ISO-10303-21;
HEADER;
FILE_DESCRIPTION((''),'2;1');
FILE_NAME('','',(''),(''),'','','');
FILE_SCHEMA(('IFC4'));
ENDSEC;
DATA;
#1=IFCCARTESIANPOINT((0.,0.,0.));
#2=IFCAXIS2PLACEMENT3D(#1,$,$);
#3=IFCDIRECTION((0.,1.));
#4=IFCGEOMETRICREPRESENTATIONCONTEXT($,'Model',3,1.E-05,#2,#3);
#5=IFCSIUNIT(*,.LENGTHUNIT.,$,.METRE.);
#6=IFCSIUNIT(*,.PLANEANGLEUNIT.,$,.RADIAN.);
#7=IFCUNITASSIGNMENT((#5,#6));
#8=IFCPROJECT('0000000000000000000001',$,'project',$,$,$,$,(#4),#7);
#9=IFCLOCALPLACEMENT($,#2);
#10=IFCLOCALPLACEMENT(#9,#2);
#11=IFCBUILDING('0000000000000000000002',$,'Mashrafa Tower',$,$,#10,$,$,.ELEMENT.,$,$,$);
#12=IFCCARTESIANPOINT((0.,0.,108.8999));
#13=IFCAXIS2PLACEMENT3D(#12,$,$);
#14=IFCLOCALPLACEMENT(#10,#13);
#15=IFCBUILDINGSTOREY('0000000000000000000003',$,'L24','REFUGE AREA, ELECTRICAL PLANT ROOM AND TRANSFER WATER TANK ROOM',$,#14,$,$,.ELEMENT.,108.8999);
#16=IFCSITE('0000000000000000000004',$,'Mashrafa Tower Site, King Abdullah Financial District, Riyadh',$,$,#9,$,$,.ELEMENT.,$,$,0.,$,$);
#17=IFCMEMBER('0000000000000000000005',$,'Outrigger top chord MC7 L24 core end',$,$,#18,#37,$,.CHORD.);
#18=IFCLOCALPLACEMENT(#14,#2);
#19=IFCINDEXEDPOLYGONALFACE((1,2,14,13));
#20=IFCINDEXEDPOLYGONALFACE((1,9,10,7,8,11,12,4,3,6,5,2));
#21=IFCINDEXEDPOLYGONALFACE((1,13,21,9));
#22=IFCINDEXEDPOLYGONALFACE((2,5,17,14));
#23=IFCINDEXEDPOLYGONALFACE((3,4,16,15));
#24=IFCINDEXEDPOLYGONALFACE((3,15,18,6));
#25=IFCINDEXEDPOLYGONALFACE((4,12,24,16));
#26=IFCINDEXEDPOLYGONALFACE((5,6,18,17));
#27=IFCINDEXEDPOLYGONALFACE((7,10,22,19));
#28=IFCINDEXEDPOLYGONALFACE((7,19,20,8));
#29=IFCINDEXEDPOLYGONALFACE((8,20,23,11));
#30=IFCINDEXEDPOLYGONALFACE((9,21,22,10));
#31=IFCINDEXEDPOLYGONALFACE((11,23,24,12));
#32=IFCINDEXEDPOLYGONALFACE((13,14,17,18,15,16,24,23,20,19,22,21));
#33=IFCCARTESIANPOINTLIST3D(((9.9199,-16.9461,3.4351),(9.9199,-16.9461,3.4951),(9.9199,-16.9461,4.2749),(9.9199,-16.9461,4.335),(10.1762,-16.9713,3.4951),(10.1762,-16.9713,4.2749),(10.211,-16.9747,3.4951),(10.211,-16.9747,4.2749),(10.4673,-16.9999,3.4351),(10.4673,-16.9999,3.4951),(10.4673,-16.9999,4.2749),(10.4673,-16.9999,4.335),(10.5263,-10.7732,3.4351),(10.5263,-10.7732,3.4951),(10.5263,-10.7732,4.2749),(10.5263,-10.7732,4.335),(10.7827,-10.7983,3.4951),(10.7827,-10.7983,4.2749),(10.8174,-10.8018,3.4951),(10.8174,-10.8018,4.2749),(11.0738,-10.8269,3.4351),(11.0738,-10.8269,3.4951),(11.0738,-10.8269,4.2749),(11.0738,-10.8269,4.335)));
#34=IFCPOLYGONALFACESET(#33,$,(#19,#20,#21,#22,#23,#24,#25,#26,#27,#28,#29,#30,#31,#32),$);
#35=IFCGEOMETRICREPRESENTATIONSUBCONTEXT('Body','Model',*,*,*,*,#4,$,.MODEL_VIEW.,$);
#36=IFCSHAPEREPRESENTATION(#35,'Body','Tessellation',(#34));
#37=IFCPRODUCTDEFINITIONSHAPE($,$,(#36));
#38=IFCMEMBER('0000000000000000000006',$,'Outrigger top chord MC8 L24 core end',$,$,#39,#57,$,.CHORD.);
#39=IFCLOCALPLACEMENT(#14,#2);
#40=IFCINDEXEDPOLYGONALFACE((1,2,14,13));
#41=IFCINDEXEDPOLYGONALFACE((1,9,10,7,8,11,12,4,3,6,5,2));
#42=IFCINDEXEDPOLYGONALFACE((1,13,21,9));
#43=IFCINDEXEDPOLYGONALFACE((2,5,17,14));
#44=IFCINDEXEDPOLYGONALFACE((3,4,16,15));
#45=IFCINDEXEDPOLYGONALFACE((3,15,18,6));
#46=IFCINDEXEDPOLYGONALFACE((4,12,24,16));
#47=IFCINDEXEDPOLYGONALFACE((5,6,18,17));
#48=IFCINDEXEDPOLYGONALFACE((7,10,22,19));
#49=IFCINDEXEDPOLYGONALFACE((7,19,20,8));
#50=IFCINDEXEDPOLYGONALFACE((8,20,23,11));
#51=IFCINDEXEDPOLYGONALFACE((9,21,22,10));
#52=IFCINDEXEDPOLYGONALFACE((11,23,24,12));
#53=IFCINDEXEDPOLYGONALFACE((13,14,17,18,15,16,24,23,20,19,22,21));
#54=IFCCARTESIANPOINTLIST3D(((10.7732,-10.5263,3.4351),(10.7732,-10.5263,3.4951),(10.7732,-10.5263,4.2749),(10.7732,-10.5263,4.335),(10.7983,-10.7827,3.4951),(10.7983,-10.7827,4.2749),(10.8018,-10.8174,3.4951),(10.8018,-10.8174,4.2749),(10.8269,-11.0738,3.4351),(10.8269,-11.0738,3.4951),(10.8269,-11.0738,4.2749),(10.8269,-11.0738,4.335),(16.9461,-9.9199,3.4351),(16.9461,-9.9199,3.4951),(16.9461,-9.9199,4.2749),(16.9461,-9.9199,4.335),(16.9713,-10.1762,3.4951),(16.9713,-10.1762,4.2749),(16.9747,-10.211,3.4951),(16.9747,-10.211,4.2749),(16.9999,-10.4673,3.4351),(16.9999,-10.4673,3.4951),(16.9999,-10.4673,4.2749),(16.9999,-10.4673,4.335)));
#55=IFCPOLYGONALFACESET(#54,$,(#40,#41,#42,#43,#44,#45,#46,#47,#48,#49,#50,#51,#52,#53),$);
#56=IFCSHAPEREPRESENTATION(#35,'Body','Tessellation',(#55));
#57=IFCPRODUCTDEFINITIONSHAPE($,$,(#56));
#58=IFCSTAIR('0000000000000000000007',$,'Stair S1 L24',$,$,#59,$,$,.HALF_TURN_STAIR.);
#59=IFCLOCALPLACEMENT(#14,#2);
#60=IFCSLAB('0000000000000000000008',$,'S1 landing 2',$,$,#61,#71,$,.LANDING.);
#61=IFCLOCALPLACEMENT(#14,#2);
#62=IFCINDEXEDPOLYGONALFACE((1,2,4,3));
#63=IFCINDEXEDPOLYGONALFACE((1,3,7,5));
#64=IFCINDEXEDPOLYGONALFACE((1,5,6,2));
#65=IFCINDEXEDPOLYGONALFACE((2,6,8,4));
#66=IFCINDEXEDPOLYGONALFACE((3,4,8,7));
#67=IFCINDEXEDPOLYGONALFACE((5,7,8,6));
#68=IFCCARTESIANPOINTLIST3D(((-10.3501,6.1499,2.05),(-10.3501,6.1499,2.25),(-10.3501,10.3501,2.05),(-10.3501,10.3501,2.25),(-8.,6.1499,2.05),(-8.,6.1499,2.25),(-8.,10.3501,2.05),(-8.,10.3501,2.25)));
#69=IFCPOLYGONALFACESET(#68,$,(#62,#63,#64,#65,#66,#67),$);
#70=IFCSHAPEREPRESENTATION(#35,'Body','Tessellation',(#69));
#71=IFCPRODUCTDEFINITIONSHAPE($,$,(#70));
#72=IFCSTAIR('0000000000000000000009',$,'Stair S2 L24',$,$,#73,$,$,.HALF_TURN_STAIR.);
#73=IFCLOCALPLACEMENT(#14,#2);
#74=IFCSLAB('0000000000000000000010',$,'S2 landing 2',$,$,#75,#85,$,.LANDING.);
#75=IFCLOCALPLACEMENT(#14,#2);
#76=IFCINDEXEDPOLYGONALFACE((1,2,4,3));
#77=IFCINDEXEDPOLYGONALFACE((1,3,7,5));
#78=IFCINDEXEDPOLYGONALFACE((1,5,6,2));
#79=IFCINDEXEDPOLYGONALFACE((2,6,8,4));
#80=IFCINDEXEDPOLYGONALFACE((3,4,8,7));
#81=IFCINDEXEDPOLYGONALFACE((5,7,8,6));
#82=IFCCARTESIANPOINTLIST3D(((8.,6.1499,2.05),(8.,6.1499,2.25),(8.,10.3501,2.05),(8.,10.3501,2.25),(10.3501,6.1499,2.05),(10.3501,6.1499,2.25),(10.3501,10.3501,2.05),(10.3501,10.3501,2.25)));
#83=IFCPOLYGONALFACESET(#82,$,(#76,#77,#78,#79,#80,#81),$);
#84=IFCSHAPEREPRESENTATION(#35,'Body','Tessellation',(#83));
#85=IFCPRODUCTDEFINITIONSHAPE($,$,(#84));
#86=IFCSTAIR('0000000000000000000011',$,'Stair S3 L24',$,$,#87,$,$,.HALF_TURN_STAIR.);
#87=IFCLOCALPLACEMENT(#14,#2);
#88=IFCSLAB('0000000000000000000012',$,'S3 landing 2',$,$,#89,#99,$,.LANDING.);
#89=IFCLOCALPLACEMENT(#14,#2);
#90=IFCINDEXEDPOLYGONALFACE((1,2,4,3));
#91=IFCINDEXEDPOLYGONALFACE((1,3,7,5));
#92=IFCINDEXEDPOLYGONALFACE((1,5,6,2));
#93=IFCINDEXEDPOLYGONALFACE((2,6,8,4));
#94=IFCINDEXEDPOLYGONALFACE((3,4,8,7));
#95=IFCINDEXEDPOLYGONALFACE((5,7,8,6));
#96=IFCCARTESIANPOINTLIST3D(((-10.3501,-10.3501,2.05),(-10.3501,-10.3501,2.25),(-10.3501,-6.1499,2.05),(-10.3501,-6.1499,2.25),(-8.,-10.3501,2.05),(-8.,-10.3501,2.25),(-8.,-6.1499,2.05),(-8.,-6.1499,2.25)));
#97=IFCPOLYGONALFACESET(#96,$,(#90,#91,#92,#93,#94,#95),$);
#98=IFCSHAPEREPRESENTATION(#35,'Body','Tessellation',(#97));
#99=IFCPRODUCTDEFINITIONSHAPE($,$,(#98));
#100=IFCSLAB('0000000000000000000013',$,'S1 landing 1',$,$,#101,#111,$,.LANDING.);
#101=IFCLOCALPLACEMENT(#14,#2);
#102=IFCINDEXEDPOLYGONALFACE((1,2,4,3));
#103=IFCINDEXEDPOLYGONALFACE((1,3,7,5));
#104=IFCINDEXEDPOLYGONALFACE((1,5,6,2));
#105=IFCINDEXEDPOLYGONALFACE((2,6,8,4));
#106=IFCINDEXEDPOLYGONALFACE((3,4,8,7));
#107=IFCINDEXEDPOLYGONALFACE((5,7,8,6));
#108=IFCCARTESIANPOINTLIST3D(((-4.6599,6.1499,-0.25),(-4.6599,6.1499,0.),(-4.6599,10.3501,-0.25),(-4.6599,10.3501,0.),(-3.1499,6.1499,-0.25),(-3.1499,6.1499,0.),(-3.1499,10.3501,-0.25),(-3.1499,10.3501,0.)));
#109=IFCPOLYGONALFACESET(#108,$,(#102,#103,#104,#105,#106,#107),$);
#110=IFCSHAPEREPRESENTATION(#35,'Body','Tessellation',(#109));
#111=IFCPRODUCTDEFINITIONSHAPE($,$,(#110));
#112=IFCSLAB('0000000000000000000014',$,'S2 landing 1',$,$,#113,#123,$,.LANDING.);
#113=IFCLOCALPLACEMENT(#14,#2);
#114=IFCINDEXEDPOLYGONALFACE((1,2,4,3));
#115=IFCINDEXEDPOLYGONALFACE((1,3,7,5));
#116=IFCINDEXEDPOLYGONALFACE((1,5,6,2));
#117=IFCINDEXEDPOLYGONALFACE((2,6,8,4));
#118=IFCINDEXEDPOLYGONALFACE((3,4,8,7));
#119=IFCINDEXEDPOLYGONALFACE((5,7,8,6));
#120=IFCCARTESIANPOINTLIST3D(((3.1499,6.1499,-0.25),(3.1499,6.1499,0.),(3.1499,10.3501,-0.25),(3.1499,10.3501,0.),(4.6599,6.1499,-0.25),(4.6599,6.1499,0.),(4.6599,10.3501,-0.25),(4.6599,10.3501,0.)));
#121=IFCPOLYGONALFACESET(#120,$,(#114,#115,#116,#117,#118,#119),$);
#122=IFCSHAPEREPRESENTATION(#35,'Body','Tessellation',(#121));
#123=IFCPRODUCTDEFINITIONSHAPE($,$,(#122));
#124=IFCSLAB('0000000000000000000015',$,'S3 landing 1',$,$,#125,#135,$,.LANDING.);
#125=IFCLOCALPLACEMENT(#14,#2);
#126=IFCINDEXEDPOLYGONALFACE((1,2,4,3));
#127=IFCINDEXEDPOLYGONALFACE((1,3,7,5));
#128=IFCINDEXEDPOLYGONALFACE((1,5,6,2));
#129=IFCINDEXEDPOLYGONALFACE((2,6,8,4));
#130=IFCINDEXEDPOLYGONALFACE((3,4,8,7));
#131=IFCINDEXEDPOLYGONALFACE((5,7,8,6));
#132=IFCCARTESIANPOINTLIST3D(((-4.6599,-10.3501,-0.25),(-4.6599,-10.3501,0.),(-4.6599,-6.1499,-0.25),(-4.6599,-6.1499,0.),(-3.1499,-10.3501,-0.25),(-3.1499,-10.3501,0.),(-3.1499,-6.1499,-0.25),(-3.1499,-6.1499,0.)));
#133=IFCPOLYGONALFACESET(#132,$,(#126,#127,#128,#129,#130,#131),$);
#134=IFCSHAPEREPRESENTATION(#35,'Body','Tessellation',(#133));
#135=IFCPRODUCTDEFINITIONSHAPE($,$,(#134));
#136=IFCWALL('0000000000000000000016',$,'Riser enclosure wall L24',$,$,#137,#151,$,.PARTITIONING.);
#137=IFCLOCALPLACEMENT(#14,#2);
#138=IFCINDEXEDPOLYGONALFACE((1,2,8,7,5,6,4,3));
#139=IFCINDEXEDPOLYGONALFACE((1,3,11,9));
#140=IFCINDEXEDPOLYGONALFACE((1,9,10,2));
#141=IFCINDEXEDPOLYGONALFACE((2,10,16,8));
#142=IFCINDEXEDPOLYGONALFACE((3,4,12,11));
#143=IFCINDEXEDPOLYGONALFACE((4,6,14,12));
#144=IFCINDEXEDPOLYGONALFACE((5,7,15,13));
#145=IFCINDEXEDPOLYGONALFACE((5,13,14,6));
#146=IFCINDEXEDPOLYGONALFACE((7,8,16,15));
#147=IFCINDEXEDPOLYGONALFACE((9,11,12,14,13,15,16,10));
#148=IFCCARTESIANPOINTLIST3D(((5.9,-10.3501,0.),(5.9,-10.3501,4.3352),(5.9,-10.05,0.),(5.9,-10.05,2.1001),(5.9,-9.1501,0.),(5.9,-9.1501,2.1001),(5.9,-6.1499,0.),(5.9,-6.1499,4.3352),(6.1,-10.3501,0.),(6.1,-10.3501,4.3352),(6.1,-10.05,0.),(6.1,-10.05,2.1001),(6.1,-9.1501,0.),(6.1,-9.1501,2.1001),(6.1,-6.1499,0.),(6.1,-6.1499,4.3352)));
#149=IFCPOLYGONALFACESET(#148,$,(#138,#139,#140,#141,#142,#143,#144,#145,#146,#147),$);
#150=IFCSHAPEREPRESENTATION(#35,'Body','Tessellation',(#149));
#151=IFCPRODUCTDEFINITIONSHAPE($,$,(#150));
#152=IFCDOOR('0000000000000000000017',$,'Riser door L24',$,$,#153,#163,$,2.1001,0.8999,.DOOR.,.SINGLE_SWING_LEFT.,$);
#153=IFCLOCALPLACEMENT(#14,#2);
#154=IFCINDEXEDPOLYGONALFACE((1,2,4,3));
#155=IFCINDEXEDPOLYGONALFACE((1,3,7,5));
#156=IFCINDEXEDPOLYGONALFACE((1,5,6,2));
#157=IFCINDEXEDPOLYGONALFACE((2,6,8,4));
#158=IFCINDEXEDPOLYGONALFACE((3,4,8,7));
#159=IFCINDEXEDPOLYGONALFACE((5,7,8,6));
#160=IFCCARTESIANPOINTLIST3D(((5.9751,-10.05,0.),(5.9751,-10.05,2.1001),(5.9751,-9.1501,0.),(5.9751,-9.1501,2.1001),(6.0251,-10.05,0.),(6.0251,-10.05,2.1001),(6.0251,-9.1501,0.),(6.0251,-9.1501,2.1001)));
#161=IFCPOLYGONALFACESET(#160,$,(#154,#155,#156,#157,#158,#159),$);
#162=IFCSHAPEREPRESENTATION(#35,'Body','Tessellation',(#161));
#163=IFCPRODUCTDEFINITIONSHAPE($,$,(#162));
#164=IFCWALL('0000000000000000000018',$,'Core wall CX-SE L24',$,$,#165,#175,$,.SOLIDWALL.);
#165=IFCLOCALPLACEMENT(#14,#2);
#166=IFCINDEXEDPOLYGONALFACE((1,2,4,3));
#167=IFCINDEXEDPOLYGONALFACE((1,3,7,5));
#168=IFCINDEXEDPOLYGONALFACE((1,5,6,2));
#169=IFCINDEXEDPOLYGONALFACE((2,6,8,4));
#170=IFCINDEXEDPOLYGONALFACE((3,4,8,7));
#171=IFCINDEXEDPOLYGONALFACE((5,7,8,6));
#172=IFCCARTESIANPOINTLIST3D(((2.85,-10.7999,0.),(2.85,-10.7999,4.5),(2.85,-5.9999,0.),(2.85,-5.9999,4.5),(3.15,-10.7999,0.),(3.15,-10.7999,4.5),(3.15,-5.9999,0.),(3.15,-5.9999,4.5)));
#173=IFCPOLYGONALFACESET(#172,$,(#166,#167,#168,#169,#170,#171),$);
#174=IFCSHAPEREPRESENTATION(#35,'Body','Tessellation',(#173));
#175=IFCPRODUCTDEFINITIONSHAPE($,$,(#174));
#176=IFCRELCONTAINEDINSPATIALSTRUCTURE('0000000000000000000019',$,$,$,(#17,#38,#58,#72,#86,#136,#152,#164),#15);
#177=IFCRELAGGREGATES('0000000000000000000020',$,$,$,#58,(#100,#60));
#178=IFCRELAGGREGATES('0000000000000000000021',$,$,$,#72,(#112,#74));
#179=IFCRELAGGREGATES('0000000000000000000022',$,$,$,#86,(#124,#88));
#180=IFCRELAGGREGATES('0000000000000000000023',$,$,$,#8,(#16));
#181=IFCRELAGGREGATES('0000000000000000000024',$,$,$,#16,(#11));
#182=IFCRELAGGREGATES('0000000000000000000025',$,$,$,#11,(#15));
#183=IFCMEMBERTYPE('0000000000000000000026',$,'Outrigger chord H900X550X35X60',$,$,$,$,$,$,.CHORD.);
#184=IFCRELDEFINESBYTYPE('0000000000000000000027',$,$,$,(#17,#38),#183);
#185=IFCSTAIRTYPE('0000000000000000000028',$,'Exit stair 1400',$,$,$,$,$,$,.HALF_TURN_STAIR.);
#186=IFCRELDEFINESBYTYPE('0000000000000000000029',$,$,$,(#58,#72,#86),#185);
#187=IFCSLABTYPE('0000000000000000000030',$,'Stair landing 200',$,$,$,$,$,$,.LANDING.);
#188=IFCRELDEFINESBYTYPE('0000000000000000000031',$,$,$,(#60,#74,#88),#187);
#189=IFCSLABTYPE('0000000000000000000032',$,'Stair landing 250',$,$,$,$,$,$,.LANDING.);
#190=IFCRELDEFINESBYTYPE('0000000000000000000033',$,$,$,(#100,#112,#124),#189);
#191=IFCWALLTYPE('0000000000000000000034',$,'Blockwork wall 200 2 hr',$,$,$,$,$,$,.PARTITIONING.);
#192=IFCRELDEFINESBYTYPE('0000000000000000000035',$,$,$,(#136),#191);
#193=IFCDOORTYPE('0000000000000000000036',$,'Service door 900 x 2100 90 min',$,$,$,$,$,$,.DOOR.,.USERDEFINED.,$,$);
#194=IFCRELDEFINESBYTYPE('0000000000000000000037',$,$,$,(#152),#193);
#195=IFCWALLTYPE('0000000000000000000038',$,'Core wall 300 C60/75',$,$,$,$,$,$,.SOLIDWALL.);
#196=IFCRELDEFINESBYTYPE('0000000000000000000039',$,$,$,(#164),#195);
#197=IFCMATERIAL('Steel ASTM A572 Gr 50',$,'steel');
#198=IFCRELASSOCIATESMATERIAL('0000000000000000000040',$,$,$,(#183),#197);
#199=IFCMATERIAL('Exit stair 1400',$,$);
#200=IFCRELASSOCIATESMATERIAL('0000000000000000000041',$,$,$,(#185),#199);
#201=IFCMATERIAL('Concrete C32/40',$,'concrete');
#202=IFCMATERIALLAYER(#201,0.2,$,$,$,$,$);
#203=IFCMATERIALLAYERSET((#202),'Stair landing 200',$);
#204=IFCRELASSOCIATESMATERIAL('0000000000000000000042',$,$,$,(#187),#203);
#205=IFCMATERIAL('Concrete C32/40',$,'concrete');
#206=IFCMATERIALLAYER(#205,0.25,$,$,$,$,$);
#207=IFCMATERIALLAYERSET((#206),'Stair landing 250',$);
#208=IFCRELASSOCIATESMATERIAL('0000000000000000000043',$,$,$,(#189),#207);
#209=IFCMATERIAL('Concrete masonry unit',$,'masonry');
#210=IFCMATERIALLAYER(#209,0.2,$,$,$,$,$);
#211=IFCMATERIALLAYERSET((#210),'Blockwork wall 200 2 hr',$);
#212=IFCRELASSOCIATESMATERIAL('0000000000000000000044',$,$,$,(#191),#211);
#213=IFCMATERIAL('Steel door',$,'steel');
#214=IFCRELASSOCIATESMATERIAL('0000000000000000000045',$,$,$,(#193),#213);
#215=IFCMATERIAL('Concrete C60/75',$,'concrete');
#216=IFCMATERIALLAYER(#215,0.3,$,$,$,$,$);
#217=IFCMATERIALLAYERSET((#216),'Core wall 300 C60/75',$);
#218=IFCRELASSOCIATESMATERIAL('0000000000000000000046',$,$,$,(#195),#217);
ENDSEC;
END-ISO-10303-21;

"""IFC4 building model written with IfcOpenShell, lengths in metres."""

from ifc_helpers import new_model, si_unit, direction, frame, frame_2d, origin, origin_2d, place, context, subcontext, project, spatial, polyline, rectangle, i_section, outline, extrude, source, transform, mapped, material, layer, layer_set, material_profile, profile_set, type_object, element, fill, aggregate, save


model = new_model("IFC4")

# Units and contexts
model_context = context("Model", 3, precision=1e-05, world=origin(), true_north=direction((0.0, 1.0)))
body_context = subcontext(model_context, "Body", "Model", "MODEL_VIEW")
ifc_project = project(units=[si_unit("LENGTHUNIT", "METRE"), si_unit("PLANEANGLEUNIT", "RADIAN")], contexts=[model_context])

# Site, building, storey
site_placement = place(None, origin())
site = spatial("IfcSite", under=ifc_project, at=site_placement, Name="Mashrafa Tower Site, King Abdullah Financial District, Riyadh", CompositionType="ELEMENT", RefElevation=0.0)
building_placement = place(site_placement, origin())
building = spatial("IfcBuilding", under=site, at=building_placement, Name="Mashrafa Tower", CompositionType="ELEMENT")
storey_placement = place(building_placement, frame((0.0, 0.0, 108.8999)))
storey = spatial("IfcBuildingStorey", under=building, at=storey_placement, Name="L24", Description="REFUGE AREA, ELECTRICAL PLANT ROOM AND TRANSFER WATER TANK ROOM", CompositionType="ELEMENT", Elevation=108.8999)

# Members
ifc_material_1 = material(Name="Steel ASTM A572 Gr 50", Category="steel")
ifc_material_profile_1 = material_profile(ifc_material_1, i_section(OverallWidth=0.55, OverallDepth=0.8999, WebThickness=0.0349, FlangeThickness=0.0601, at=origin_2d()), Name="H900X550X35X60")
ifc_profile_set_1 = profile_set([ifc_material_profile_1], Name="Steel ASTM A572 Gr 50")
member_type = type_object("IfcMemberType", Name="Outrigger chord H900X550X35X60", PredefinedType="CHORD", material=ifc_profile_set_1)
shared_shape_1 = source(origin(), body_context, "Body", "SweptSolid", [
    extrude(i_section(OverallWidth=0.55, OverallDepth=0.8999, WebThickness=0.0349, FlangeThickness=0.0601, at=origin_2d()), origin(), (0.0, 0.0, 1.0), 6.2026),
])
for number, where, z_axis, x_axis, name in (
    (1, (10.8, -10.8, 3.885), (-0.097773, -0.995209, 0.0), (0.995209, -0.097773, 0.0), "Outrigger top chord MC7 L24 core end"),
    (2, (10.8, -10.8, 3.885), (0.995209, 0.097773, 0.0), (-0.097773, 0.995209, 0.0), "Outrigger top chord MC8 L24 core end"),
):
    element("IfcMember", number, at=place(storey_placement, frame(where, z_axis=z_axis, x_axis=x_axis)), inside=storey, type_object=member_type, Name=name, PredefinedType="CHORD", context=body_context, shape_type="MappedRepresentation", body=[
        mapped(shared_shape_1, transform((0.0, 0.0, 0.0))),
    ])

# Stairs, slabs
ifc_material_2 = material(Name="Exit stair 1400")
stair_type = type_object("IfcStairType", Name="Exit stair 1400", PredefinedType="HALF_TURN_STAIR", material=ifc_material_2)
stair_1_placement = place(storey_placement, origin())
stair_1 = element("IfcStair", 3, at=stair_1_placement, inside=storey, type_object=stair_type, Name="Stair S1 L24", PredefinedType="HALF_TURN_STAIR")
ifc_material_3 = material(Name="Concrete C32/40", Category="concrete")
ifc_layer_1 = layer(ifc_material_3, 0.2)
ifc_layer_set_1 = layer_set([ifc_layer_1], Name="Stair landing 200")
slab_type_1 = type_object("IfcSlabType", Name="Stair landing 200", PredefinedType="LANDING", material=ifc_layer_set_1)
slab_1_placement = place(storey_placement, frame((0.0, 0.0, 2.05)))
slab_1 = element("IfcSlab", 4, at=slab_1_placement, type_object=slab_type_1, Name="S1 landing 2", PredefinedType="LANDING", context=body_context, shape_type="SweptSolid", body=[
    extrude(outline(polyline([(-10.3501, 6.1499), (-8.0, 6.1499), (-8.0, 10.3501), (-10.3501, 10.3501), (-10.3501, 6.1499)])), origin(), (0.0, 0.0, 1.0), 0.2),
])
stair_2_placement = place(storey_placement, origin())
stair_2 = element("IfcStair", 5, at=stair_2_placement, inside=storey, type_object=stair_type, Name="Stair S2 L24", PredefinedType="HALF_TURN_STAIR")
slab_2_placement = place(storey_placement, frame((0.0, 0.0, 2.05)))
slab_2 = element("IfcSlab", 6, at=slab_2_placement, type_object=slab_type_1, Name="S2 landing 2", PredefinedType="LANDING", context=body_context, shape_type="SweptSolid", body=[
    extrude(outline(polyline([(8.0, 6.1499), (10.3501, 6.1499), (10.3501, 10.3501), (8.0, 10.3501), (8.0, 6.1499)])), origin(), (0.0, 0.0, 1.0), 0.2),
])
stair_3_placement = place(storey_placement, origin())
stair_3 = element("IfcStair", 7, at=stair_3_placement, inside=storey, type_object=stair_type, Name="Stair S3 L24", PredefinedType="HALF_TURN_STAIR")
slab_3_placement = place(storey_placement, frame((0.0, 0.0, 2.05)))
slab_3 = element("IfcSlab", 8, at=slab_3_placement, type_object=slab_type_1, Name="S3 landing 2", PredefinedType="LANDING", context=body_context, shape_type="SweptSolid", body=[
    extrude(outline(polyline([(-10.3501, -10.3501), (-8.0, -10.3501), (-8.0, -6.1499), (-10.3501, -6.1499), (-10.3501, -10.3501)])), origin(), (0.0, 0.0, 1.0), 0.2),
])

# Slabs
ifc_material_4 = material(Name="Concrete C32/40", Category="concrete")
ifc_layer_2 = layer(ifc_material_4, 0.25)
ifc_layer_set_2 = layer_set([ifc_layer_2], Name="Stair landing 250")
slab_type_2 = type_object("IfcSlabType", Name="Stair landing 250", PredefinedType="LANDING", material=ifc_layer_set_2)
slab_4_placement = place(storey_placement, frame((0.0, 0.0, -0.25)))
slab_4 = element("IfcSlab", 9, at=slab_4_placement, type_object=slab_type_2, Name="S1 landing 1", PredefinedType="LANDING", context=body_context, shape_type="SweptSolid", body=[
    extrude(outline(polyline([(-4.6599, 6.1499), (-3.1499, 6.1499), (-3.1499, 10.3501), (-4.6599, 10.3501), (-4.6599, 6.1499)])), origin(), (0.0, 0.0, 1.0), 0.25),
])
aggregate(stair_1, [slab_4, slab_1])
slab_5_placement = place(storey_placement, frame((0.0, 0.0, -0.25)))
slab_5 = element("IfcSlab", 10, at=slab_5_placement, type_object=slab_type_2, Name="S2 landing 1", PredefinedType="LANDING", context=body_context, shape_type="SweptSolid", body=[
    extrude(outline(polyline([(3.1499, 6.1499), (4.6599, 6.1499), (4.6599, 10.3501), (3.1499, 10.3501), (3.1499, 6.1499)])), origin(), (0.0, 0.0, 1.0), 0.25),
])
aggregate(stair_2, [slab_5, slab_2])
slab_6_placement = place(storey_placement, frame((0.0, 0.0, -0.25)))
slab_6 = element("IfcSlab", 11, at=slab_6_placement, type_object=slab_type_2, Name="S3 landing 1", PredefinedType="LANDING", context=body_context, shape_type="SweptSolid", body=[
    extrude(outline(polyline([(-4.6599, -10.3501), (-3.1499, -10.3501), (-3.1499, -6.1499), (-4.6599, -6.1499), (-4.6599, -10.3501)])), origin(), (0.0, 0.0, 1.0), 0.25),
])
aggregate(stair_3, [slab_6, slab_3])

# Wall, opening, door
ifc_material_5 = material(Name="Concrete masonry unit", Category="masonry")
ifc_layer_3 = layer(ifc_material_5, 0.2)
ifc_layer_set_3 = layer_set([ifc_layer_3], Name="Blockwork wall 200 2 hr")
wall_type_1 = type_object("IfcWallType", Name="Blockwork wall 200 2 hr", PredefinedType="PARTITIONING", material=ifc_layer_set_3)
wall_1_placement = place(storey_placement, frame((6.0, -10.3501, 0.0), z_axis=(0.0, 0.0, 1.0), x_axis=(0.0, 1.0, 0.0)))
wall_1 = element("IfcWall", 12, at=wall_1_placement, inside=storey, type_object=wall_type_1, Name="Riser enclosure wall L24", PredefinedType="PARTITIONING", context=body_context, shape_type="SweptSolid", body=[
    extrude(rectangle(XDim=4.2002, YDim=0.2, at=frame_2d((2.1001, 0.0))), origin(), (0.0, 0.0, 1.0), 4.3352),
])
opening_1_placement = place(wall_1_placement, frame((0.3, 0.0, 0.0)))
opening_1 = element("IfcOpeningElement", 13, at=opening_1_placement, cuts=wall_1, PredefinedType="OPENING", context=body_context, shape_type="SweptSolid", body=[
    extrude(rectangle(XDim=0.8999, YDim=2.1001, at=frame_2d((0.45, 1.05))), frame((0.0, 0.1099, 0.0), z_axis=(0.0, -1.0, 0.0), x_axis=(1.0, 0.0, 0.0)), (0.0, 0.0, 1.0), 0.22),
])
ifc_material_6 = material(Name="Steel door", Category="steel")
door_type_1 = type_object("IfcDoorType", Name="Service door 900 x 2100 90 min", OperationType="USERDEFINED", PredefinedType="DOOR", material=ifc_material_6)
door_1_placement = place(opening_1_placement, origin())
door_1 = element("IfcDoor", 14, at=door_1_placement, inside=storey, type_object=door_type_1, Name="Riser door L24", OperationType="SINGLE_SWING_LEFT", OverallHeight=2.1001, OverallWidth=0.8999, PredefinedType="DOOR", context=body_context, shape_type="SweptSolid", body=[
    extrude(rectangle(XDim=0.8999, YDim=2.1001, at=frame_2d((0.45, 1.05))), frame((0.0, 0.0249, 0.0), z_axis=(0.0, -1.0, 0.0), x_axis=(1.0, 0.0, 0.0)), (0.0, 0.0, 1.0), 0.05),
])
fill(opening_1, door_1)

# Wall
ifc_material_7 = material(Name="Concrete C60/75", Category="concrete")
ifc_layer_4 = layer(ifc_material_7, 0.3)
ifc_layer_set_4 = layer_set([ifc_layer_4], Name="Core wall 300 C60/75")
wall_type_2 = type_object("IfcWallType", Name="Core wall 300 C60/75", PredefinedType="SOLIDWALL", material=ifc_layer_set_4)
wall_2_placement = place(storey_placement, frame((3.0, -6.0, 0.0), z_axis=(0.0, 0.0, 1.0), x_axis=(0.0, -1.0, 0.0)))
element("IfcWall", 15, at=wall_2_placement, inside=storey, type_object=wall_type_2, Name="Core wall CX-SE L24", PredefinedType="SOLIDWALL", context=body_context, shape_type="SweptSolid", body=[
    extrude(rectangle(XDim=4.8, YDim=0.3, at=frame_2d((2.3999, 0.0))), origin(), (0.0, 0.0, 1.0), 4.5),
])

save(model, "model.ifc")
